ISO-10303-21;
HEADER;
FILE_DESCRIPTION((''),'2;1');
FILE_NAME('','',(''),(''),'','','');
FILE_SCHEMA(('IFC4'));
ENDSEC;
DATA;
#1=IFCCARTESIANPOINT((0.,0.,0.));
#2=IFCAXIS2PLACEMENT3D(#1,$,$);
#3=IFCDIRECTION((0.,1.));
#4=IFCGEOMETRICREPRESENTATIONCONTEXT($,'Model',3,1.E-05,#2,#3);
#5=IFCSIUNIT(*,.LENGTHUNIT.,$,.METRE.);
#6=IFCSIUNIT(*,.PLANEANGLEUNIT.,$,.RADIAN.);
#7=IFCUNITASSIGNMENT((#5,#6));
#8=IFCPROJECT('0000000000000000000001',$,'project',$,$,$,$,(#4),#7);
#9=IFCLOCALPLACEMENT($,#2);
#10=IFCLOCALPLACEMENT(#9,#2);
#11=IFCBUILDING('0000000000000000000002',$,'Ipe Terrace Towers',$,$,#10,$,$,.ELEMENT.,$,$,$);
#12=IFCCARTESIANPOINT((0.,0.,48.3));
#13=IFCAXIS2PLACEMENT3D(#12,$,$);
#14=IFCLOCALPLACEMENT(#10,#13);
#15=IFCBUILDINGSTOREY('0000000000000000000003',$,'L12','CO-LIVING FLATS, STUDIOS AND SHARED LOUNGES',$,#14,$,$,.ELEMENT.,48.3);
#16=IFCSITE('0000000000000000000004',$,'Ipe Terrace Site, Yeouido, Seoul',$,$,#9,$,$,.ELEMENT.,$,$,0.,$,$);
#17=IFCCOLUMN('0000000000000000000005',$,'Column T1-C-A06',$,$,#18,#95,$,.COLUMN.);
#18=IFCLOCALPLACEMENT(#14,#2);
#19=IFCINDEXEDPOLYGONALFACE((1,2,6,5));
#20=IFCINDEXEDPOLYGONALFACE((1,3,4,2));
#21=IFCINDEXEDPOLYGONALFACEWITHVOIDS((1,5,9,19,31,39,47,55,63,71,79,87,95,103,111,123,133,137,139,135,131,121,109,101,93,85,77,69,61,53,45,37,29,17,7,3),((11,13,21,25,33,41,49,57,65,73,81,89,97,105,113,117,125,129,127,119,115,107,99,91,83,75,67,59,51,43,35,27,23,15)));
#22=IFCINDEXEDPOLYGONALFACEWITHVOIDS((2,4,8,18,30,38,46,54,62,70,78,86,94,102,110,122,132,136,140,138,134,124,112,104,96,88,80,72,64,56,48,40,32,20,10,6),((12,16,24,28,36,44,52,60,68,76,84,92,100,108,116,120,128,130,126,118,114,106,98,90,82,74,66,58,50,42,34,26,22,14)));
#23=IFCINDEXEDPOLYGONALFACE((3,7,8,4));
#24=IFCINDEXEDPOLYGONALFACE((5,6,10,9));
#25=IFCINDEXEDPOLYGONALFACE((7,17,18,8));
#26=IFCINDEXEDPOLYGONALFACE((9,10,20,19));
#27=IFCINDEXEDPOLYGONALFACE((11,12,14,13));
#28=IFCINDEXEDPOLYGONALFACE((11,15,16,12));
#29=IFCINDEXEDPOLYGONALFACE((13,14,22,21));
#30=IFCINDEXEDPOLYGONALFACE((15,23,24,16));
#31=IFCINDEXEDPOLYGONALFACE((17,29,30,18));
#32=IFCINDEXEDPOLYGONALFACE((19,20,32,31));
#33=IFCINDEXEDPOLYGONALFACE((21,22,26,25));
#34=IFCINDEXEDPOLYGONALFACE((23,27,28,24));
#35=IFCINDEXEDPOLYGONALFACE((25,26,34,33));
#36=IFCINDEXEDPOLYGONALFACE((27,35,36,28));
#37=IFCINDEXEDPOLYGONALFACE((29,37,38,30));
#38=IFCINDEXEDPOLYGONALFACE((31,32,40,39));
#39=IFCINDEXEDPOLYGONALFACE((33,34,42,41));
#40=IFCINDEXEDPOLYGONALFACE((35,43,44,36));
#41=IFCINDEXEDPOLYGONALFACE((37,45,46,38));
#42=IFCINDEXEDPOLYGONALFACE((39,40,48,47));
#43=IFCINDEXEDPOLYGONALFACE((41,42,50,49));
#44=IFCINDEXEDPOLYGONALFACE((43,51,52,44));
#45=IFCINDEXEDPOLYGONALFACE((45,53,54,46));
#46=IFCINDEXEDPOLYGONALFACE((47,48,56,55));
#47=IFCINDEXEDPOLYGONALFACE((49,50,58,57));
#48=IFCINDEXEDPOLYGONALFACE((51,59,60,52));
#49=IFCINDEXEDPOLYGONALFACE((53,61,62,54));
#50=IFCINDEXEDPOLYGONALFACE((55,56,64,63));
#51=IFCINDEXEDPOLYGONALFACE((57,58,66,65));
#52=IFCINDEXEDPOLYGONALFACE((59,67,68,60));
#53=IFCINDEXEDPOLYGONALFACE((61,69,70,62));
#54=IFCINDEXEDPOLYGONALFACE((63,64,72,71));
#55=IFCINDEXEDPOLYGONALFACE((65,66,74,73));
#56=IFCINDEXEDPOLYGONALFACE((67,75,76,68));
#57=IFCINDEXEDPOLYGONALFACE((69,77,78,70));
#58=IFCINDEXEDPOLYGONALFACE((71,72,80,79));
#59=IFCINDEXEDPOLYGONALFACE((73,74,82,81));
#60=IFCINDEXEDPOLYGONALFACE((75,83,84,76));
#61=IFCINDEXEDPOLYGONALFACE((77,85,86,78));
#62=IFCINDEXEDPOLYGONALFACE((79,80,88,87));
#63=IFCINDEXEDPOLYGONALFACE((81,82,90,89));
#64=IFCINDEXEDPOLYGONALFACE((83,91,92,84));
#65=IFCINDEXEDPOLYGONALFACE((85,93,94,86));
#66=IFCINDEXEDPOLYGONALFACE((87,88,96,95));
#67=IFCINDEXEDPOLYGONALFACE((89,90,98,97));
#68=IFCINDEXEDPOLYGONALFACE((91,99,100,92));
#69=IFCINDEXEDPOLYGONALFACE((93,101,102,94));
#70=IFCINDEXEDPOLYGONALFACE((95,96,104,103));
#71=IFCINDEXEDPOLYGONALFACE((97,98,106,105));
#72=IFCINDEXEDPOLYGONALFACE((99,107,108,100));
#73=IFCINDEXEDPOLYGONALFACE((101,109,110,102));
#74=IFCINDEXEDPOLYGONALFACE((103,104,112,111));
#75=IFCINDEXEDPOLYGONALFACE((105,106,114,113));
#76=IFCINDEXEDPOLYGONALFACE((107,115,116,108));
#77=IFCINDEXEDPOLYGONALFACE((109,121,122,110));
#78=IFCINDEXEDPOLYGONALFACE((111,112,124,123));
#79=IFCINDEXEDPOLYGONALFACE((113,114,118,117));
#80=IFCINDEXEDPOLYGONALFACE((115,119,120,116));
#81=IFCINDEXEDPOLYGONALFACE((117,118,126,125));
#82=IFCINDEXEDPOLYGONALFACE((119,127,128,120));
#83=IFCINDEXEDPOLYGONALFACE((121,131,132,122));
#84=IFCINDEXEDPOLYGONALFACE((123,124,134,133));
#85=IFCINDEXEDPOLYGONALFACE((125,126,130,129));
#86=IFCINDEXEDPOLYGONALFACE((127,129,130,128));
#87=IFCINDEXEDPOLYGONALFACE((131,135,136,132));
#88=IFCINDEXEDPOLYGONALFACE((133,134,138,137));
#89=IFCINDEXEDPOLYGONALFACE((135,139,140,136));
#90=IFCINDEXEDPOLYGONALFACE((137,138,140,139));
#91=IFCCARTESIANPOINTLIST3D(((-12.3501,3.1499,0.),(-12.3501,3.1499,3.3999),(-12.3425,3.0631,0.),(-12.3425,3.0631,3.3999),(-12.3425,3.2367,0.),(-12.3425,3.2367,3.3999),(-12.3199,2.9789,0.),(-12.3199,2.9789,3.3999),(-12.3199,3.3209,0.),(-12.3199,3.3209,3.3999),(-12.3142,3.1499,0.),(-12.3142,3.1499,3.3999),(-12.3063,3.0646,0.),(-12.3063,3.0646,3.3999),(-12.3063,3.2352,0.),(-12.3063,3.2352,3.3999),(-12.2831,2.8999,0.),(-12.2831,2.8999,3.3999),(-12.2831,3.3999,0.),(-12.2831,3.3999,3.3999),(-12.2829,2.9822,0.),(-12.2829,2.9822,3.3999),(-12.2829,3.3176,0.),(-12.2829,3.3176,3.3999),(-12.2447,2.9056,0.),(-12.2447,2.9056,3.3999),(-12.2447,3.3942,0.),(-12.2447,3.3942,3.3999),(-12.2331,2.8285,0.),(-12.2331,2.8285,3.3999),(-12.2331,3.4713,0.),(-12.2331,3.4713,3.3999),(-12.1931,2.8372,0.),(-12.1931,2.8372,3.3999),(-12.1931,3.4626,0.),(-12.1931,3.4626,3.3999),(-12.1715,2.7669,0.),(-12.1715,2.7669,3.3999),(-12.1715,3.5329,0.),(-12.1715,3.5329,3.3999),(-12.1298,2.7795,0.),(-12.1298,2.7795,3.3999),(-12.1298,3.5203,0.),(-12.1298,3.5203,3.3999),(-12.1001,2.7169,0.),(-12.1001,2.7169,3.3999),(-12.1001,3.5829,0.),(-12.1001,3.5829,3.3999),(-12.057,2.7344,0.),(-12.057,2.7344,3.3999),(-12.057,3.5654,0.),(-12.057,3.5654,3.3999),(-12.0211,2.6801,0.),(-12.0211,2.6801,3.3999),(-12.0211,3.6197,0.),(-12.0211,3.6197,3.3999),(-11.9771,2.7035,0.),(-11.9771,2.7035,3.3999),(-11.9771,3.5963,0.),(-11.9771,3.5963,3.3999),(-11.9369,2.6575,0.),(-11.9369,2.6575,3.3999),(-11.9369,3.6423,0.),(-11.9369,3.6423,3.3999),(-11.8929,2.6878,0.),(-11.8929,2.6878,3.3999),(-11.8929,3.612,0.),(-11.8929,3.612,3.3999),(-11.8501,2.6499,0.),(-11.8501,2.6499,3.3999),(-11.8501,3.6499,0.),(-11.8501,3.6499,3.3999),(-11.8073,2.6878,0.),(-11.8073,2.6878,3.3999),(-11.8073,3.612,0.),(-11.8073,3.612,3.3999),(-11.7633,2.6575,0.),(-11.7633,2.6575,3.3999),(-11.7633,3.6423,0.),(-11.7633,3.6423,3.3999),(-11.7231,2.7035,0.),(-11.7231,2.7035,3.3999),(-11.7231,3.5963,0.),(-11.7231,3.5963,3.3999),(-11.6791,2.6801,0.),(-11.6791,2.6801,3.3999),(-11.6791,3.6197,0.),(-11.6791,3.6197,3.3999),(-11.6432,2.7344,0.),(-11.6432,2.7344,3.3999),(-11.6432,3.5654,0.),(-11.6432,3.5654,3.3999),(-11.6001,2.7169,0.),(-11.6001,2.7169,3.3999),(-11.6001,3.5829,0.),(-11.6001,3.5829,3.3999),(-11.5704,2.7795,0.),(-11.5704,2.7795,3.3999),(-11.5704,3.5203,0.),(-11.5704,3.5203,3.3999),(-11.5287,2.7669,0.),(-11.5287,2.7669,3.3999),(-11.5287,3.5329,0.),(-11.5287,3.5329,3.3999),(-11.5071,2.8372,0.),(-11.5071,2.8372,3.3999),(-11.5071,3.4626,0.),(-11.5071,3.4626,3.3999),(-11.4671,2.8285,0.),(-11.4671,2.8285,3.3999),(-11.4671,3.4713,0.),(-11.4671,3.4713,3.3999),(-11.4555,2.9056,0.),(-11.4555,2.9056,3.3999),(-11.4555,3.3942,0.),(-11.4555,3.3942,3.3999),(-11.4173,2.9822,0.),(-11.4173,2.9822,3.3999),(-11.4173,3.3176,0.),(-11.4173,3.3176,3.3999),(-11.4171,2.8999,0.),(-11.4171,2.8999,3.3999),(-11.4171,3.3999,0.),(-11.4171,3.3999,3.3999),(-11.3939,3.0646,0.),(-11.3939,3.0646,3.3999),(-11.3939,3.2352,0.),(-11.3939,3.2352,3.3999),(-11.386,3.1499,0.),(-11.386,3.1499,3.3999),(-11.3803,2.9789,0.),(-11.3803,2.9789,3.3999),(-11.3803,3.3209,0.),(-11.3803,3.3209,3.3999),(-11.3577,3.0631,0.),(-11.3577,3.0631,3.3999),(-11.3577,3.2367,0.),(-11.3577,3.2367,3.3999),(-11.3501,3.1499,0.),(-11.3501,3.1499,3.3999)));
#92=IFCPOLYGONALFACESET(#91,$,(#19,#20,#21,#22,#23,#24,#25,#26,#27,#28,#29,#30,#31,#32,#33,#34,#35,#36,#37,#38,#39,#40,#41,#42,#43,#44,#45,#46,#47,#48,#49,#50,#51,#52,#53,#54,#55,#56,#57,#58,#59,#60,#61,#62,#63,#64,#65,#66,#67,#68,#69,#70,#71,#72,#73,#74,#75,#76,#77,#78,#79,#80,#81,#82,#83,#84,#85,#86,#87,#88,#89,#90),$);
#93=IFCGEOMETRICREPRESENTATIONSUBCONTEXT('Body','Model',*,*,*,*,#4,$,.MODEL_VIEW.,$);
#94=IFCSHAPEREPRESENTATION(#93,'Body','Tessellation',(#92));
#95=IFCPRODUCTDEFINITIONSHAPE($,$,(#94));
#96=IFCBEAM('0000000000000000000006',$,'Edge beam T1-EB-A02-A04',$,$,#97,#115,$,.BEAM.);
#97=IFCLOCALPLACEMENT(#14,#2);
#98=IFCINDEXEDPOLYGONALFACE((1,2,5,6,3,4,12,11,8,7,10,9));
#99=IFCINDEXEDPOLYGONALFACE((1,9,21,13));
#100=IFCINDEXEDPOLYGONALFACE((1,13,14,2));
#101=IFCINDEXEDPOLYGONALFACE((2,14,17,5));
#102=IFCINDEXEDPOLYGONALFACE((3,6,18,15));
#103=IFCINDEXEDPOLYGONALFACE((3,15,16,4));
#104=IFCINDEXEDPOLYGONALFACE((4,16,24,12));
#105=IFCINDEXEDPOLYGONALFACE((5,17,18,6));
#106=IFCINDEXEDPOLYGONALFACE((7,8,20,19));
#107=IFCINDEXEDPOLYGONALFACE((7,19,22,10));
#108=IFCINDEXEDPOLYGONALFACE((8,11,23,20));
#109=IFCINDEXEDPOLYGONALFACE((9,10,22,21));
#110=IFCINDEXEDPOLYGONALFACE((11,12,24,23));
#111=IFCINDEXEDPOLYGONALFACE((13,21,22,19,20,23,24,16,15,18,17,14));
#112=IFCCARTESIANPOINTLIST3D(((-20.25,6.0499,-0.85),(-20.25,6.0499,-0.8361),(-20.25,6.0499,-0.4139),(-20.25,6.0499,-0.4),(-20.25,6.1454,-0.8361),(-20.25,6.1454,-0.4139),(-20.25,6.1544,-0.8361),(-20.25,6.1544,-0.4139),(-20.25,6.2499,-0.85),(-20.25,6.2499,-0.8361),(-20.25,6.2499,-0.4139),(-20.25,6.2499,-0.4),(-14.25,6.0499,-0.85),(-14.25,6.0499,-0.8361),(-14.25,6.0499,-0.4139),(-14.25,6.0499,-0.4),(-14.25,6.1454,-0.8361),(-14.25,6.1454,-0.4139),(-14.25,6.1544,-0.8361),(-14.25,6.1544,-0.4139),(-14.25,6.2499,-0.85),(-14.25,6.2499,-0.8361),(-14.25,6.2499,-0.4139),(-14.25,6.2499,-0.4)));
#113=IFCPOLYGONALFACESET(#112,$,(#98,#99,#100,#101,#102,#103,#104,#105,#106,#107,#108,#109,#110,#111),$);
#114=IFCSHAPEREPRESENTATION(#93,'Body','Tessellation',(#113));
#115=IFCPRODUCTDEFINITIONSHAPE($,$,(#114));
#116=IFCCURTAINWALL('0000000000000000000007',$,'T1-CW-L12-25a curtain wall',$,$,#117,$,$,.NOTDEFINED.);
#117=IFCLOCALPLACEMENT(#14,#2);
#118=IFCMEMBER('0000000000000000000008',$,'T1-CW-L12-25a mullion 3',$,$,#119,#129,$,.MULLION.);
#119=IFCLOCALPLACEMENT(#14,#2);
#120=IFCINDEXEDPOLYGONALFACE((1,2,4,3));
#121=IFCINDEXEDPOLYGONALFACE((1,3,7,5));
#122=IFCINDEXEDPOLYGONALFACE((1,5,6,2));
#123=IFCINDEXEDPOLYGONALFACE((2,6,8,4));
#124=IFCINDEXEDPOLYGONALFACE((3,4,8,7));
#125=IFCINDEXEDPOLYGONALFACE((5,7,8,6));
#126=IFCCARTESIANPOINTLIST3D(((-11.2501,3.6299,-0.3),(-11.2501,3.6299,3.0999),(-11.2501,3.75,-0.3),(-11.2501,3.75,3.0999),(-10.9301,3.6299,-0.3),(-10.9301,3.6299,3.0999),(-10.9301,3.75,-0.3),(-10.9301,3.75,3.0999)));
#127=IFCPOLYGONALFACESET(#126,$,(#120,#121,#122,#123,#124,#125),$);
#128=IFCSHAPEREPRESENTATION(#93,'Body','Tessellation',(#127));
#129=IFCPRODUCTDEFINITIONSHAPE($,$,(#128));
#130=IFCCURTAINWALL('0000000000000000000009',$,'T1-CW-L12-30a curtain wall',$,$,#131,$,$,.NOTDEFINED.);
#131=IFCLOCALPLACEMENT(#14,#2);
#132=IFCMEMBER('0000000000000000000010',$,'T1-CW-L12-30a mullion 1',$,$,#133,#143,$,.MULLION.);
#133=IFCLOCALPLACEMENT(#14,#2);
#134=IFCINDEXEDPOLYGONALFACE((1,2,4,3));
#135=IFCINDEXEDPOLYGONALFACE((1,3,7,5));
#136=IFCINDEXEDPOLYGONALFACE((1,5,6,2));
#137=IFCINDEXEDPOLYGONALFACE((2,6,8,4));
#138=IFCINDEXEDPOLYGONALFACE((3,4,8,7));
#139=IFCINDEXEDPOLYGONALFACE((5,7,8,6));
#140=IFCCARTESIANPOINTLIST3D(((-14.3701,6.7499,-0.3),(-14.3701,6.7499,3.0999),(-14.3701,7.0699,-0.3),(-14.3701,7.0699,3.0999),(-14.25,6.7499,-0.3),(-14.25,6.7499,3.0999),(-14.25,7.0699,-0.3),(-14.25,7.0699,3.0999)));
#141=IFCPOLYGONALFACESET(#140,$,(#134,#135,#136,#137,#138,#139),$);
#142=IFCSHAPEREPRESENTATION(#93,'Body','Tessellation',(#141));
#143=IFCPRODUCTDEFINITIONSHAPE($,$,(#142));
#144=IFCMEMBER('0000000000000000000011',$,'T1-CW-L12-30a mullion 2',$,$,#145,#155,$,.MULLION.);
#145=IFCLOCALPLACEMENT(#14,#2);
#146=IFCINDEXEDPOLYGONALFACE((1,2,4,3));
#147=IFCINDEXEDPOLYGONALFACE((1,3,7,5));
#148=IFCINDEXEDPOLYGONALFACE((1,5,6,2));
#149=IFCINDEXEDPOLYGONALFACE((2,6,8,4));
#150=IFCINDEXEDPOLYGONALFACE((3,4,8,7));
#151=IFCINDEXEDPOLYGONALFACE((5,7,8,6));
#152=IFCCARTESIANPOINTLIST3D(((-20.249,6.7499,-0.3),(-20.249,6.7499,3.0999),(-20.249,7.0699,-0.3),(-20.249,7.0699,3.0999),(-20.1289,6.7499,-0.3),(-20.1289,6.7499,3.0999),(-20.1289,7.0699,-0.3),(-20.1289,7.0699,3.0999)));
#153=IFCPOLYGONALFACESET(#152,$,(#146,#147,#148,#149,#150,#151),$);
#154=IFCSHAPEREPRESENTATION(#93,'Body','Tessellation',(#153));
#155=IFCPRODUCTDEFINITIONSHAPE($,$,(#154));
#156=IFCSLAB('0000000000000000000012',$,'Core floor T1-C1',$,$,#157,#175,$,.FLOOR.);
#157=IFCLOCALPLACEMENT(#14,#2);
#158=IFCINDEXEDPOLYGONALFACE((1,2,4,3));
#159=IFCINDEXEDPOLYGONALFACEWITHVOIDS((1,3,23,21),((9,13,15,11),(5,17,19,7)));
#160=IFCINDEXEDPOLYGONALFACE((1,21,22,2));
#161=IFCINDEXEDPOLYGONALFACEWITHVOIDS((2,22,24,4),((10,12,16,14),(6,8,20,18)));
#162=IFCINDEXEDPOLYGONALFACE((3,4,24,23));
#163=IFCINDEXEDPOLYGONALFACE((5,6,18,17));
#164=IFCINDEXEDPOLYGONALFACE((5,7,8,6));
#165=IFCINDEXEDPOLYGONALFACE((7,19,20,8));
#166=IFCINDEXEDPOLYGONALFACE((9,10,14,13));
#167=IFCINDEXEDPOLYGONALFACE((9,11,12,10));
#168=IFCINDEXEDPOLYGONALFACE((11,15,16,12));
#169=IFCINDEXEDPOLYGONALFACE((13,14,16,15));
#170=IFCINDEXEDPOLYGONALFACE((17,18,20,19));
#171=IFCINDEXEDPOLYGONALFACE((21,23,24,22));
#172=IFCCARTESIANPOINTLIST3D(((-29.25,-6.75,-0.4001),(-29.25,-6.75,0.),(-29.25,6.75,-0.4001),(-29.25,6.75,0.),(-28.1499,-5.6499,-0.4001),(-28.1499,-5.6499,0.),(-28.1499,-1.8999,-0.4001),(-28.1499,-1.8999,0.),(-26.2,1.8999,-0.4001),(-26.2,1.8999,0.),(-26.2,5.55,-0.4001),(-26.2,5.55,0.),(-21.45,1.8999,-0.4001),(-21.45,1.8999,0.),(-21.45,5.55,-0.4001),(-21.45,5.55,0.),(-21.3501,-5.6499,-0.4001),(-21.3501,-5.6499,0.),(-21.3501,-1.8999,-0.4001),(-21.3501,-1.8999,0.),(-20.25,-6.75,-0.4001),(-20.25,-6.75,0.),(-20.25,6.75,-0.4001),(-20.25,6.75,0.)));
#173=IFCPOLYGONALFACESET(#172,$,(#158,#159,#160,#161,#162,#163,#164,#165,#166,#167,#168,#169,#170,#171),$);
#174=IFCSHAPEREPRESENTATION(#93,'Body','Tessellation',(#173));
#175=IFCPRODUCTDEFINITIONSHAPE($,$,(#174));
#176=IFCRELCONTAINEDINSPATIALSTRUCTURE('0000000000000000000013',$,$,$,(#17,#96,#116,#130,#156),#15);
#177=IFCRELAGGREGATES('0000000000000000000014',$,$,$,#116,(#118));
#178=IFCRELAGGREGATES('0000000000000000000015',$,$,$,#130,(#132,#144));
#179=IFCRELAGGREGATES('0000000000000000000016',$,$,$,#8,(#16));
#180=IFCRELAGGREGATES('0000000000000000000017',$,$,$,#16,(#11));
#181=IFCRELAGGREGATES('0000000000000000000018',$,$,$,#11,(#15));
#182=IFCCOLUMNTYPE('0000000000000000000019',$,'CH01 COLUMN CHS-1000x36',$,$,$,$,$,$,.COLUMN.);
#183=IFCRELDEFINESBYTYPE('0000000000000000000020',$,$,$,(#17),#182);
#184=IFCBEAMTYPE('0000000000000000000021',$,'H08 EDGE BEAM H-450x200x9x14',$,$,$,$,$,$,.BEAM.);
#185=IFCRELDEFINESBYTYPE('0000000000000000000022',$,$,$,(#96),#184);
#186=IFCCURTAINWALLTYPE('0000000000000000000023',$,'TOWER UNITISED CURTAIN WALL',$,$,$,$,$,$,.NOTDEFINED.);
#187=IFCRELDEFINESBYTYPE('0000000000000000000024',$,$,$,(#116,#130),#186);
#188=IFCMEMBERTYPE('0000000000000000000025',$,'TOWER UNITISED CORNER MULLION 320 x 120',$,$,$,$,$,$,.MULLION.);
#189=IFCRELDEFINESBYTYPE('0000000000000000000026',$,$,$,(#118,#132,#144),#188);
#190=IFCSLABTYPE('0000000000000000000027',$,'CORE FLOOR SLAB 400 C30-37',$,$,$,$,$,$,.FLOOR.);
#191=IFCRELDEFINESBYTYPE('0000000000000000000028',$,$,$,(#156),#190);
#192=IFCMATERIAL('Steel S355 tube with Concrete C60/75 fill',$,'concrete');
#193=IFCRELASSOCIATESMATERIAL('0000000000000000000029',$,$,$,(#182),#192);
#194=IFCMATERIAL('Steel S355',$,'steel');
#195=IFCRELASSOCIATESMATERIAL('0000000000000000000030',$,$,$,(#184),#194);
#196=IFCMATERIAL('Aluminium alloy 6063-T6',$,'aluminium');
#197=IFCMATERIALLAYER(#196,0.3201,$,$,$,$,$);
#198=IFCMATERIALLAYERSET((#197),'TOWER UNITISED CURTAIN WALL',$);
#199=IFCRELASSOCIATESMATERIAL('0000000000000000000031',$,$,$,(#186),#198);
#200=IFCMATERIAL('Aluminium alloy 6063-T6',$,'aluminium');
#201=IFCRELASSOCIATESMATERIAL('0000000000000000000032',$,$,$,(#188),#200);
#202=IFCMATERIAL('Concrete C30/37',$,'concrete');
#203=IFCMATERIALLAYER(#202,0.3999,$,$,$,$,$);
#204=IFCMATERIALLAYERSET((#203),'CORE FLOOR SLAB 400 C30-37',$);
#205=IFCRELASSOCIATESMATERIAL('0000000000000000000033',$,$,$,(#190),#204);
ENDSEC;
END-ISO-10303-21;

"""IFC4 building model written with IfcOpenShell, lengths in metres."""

from ifc_helpers import new_model, si_unit, direction, frame, origin, origin_2d, place, context, subcontext, project, spatial, polyline, rectangle, hollow_circle, i_section, outline, extrude, material, layer, layer_set, material_profile, profile_set, type_object, element, aggregate, save


model = new_model("IFC4")

# Units and contexts
model_context = context("Model", 3, precision=1e-05, world=origin(), true_north=direction((0.0, 1.0)))
body_context = subcontext(model_context, "Body", "Model", "MODEL_VIEW")
ifc_project = project(units=[si_unit("LENGTHUNIT", "METRE"), si_unit("PLANEANGLEUNIT", "RADIAN")], contexts=[model_context])

# Site, building, storey
site_placement = place(None, origin())
site = spatial("IfcSite", under=ifc_project, at=site_placement, Name="Ipe Terrace Site, Yeouido, Seoul", CompositionType="ELEMENT", RefElevation=0.0)
building_placement = place(site_placement, origin())
building = spatial("IfcBuilding", under=site, at=building_placement, Name="Ipe Terrace Towers", CompositionType="ELEMENT")
storey_placement = place(building_placement, frame((0.0, 0.0, 48.3)))
storey = spatial("IfcBuildingStorey", under=building, at=storey_placement, Name="L12", Description="CO-LIVING FLATS, STUDIOS AND SHARED LOUNGES", CompositionType="ELEMENT", Elevation=48.3)

# Column
ifc_material_1 = material(Name="Steel S355 tube with Concrete C60/75 fill", Category="concrete")
ifc_material_profile_1 = material_profile(ifc_material_1, hollow_circle(Radius=0.5, WallThickness=0.0359, at=origin_2d()), Name="CHS-1000x36")
ifc_profile_set_1 = profile_set([ifc_material_profile_1], Name="Steel S355 tube with Concrete C60/75 fill")
column_type = type_object("IfcColumnType", Name="CH01 COLUMN CHS-1000x36", PredefinedType="COLUMN", material=ifc_profile_set_1)
for number, where, z_axis, x_axis, name in (
    (1, (-11.8501, 3.1499, 0.0), (0.0, 0.0, 1.0), (1.0, 0.0, 0.0), "Column T1-C-A06"),
):
    element("IfcColumn", number, at=place(storey_placement, frame(where, z_axis=z_axis, x_axis=x_axis)), inside=storey, type_object=column_type, Name=name, PredefinedType="COLUMN", context=body_context, shape_type="SweptSolid", body=[
        extrude(hollow_circle(Radius=0.5, WallThickness=0.0359, at=origin_2d()), origin(), (0.0, 0.0, 1.0), 3.3999),
    ])

# Beam
ifc_material_2 = material(Name="Steel S355", Category="steel")
ifc_material_profile_2 = material_profile(ifc_material_2, i_section(OverallWidth=0.2, OverallDepth=0.45, WebThickness=0.009, FlangeThickness=0.0139, at=origin_2d()), Name="H-450x200x9x14")
ifc_profile_set_2 = profile_set([ifc_material_profile_2], Name="Steel S355")
beam_type = type_object("IfcBeamType", Name="H08 EDGE BEAM H-450x200x9x14", PredefinedType="BEAM", material=ifc_profile_set_2)
beam_placement = place(storey_placement, frame((-20.25, 6.1499, -0.625), z_axis=(1.0, 0.0, 0.0), x_axis=(0.0, 1.0, 0.0)))
element("IfcBeam", 2, at=beam_placement, inside=storey, type_object=beam_type, Name="Edge beam T1-EB-A02-A04", PredefinedType="BEAM", context=body_context, shape_type="SweptSolid", body=[
    extrude(i_section(OverallWidth=0.2, OverallDepth=0.45, WebThickness=0.009, FlangeThickness=0.0139, at=origin_2d()), origin(), (0.0, 0.0, 1.0), 6.0),
])

# Curtain wall, member
ifc_material_3 = material(Name="Aluminium alloy 6063-T6", Category="aluminium")
ifc_layer_1 = layer(ifc_material_3, 0.3201)
ifc_layer_set_1 = layer_set([ifc_layer_1], Name="TOWER UNITISED CURTAIN WALL")
curtain_wall_type = type_object("IfcCurtainWallType", Name="TOWER UNITISED CURTAIN WALL", PredefinedType="NOTDEFINED", material=ifc_layer_set_1)
curtain_wall_1_placement = place(storey_placement, origin())
curtain_wall_1 = element("IfcCurtainWall", 3, at=curtain_wall_1_placement, inside=storey, type_object=curtain_wall_type, Name="T1-CW-L12-25a curtain wall", PredefinedType="NOTDEFINED")
ifc_material_4 = material(Name="Aluminium alloy 6063-T6", Category="aluminium")
ifc_material_profile_3 = material_profile(ifc_material_4, rectangle(XDim=0.3201, YDim=0.1201, at=origin_2d()), Name="TOWER UNITISED CORNER MULLION 320 x 120")
ifc_profile_set_3 = profile_set([ifc_material_profile_3], Name="Aluminium alloy 6063-T6")
member_type = type_object("IfcMemberType", Name="TOWER UNITISED CORNER MULLION 320 x 120", PredefinedType="MULLION", material=ifc_profile_set_3)
member_1_placement = place(storey_placement, frame((-11.0901, 3.6899, -0.3), z_axis=(0.0, 0.0, 1.0), x_axis=(1.0, 0.0, 0.0)))
member_1 = element("IfcMember", 4, at=member_1_placement, type_object=member_type, Name="T1-CW-L12-25a mullion 3", PredefinedType="MULLION", context=body_context, shape_type="SweptSolid", body=[
    extrude(rectangle(XDim=0.3201, YDim=0.1201, at=origin_2d()), origin(), (0.0, 0.0, 1.0), 3.3999),
])

# Curtain wall, members
curtain_wall_2_placement = place(storey_placement, origin())
curtain_wall_2 = element("IfcCurtainWall", 5, at=curtain_wall_2_placement, inside=storey, type_object=curtain_wall_type, Name="T1-CW-L12-30a curtain wall", PredefinedType="NOTDEFINED")
member_2_placement = place(storey_placement, frame((-14.3101, 6.9099, -0.3), z_axis=(0.0, 0.0, 1.0), x_axis=(0.0, 1.0, 0.0)))
member_2 = element("IfcMember", 6, at=member_2_placement, type_object=member_type, Name="T1-CW-L12-30a mullion 1", PredefinedType="MULLION", context=body_context, shape_type="SweptSolid", body=[
    extrude(rectangle(XDim=0.3201, YDim=0.1201, at=origin_2d()), origin(), (0.0, 0.0, 1.0), 3.3999),
])
member_3_placement = place(storey_placement, frame((-20.189, 6.9099, -0.3), z_axis=(0.0, 0.0, 1.0), x_axis=(0.0, 1.0, 0.0)))
member_3 = element("IfcMember", 7, at=member_3_placement, type_object=member_type, Name="T1-CW-L12-30a mullion 2", PredefinedType="MULLION", context=body_context, shape_type="SweptSolid", body=[
    extrude(rectangle(XDim=0.3201, YDim=0.1201, at=origin_2d()), origin(), (0.0, 0.0, 1.0), 3.3999),
])

# Slab
ifc_material_5 = material(Name="Concrete C30/37", Category="concrete")
ifc_layer_2 = layer(ifc_material_5, 0.3999)
ifc_layer_set_2 = layer_set([ifc_layer_2], Name="CORE FLOOR SLAB 400 C30-37")
slab_type_1 = type_object("IfcSlabType", Name="CORE FLOOR SLAB 400 C30-37", PredefinedType="FLOOR", material=ifc_layer_set_2)
slab_1_placement = place(storey_placement, frame((0.0, 0.0, -0.4001)))
element("IfcSlab", 8, at=slab_1_placement, inside=storey, type_object=slab_type_1, Name="Core floor T1-C1", PredefinedType="FLOOR", context=body_context, shape_type="SweptSolid", body=[
    extrude(outline(polyline([(-29.25, -6.75), (-29.25, 6.75), (-20.25, 6.75), (-20.25, -6.75), (-29.25, -6.75)]), holes=[polyline([(-28.1499, -5.6499), (-21.3501, -5.6499), (-21.3501, -1.8999), (-28.1499, -1.8999), (-28.1499, -5.6499)]), polyline([(-26.2, 5.55), (-26.2, 1.8999), (-21.45, 1.8999), (-21.45, 5.55), (-26.2, 5.55)])]), origin(), (0.0, 0.0, 1.0), 0.4001),
])

aggregate(curtain_wall_1, [member_1])
aggregate(curtain_wall_2, [member_2, member_3])

save(model, "model.ifc")
